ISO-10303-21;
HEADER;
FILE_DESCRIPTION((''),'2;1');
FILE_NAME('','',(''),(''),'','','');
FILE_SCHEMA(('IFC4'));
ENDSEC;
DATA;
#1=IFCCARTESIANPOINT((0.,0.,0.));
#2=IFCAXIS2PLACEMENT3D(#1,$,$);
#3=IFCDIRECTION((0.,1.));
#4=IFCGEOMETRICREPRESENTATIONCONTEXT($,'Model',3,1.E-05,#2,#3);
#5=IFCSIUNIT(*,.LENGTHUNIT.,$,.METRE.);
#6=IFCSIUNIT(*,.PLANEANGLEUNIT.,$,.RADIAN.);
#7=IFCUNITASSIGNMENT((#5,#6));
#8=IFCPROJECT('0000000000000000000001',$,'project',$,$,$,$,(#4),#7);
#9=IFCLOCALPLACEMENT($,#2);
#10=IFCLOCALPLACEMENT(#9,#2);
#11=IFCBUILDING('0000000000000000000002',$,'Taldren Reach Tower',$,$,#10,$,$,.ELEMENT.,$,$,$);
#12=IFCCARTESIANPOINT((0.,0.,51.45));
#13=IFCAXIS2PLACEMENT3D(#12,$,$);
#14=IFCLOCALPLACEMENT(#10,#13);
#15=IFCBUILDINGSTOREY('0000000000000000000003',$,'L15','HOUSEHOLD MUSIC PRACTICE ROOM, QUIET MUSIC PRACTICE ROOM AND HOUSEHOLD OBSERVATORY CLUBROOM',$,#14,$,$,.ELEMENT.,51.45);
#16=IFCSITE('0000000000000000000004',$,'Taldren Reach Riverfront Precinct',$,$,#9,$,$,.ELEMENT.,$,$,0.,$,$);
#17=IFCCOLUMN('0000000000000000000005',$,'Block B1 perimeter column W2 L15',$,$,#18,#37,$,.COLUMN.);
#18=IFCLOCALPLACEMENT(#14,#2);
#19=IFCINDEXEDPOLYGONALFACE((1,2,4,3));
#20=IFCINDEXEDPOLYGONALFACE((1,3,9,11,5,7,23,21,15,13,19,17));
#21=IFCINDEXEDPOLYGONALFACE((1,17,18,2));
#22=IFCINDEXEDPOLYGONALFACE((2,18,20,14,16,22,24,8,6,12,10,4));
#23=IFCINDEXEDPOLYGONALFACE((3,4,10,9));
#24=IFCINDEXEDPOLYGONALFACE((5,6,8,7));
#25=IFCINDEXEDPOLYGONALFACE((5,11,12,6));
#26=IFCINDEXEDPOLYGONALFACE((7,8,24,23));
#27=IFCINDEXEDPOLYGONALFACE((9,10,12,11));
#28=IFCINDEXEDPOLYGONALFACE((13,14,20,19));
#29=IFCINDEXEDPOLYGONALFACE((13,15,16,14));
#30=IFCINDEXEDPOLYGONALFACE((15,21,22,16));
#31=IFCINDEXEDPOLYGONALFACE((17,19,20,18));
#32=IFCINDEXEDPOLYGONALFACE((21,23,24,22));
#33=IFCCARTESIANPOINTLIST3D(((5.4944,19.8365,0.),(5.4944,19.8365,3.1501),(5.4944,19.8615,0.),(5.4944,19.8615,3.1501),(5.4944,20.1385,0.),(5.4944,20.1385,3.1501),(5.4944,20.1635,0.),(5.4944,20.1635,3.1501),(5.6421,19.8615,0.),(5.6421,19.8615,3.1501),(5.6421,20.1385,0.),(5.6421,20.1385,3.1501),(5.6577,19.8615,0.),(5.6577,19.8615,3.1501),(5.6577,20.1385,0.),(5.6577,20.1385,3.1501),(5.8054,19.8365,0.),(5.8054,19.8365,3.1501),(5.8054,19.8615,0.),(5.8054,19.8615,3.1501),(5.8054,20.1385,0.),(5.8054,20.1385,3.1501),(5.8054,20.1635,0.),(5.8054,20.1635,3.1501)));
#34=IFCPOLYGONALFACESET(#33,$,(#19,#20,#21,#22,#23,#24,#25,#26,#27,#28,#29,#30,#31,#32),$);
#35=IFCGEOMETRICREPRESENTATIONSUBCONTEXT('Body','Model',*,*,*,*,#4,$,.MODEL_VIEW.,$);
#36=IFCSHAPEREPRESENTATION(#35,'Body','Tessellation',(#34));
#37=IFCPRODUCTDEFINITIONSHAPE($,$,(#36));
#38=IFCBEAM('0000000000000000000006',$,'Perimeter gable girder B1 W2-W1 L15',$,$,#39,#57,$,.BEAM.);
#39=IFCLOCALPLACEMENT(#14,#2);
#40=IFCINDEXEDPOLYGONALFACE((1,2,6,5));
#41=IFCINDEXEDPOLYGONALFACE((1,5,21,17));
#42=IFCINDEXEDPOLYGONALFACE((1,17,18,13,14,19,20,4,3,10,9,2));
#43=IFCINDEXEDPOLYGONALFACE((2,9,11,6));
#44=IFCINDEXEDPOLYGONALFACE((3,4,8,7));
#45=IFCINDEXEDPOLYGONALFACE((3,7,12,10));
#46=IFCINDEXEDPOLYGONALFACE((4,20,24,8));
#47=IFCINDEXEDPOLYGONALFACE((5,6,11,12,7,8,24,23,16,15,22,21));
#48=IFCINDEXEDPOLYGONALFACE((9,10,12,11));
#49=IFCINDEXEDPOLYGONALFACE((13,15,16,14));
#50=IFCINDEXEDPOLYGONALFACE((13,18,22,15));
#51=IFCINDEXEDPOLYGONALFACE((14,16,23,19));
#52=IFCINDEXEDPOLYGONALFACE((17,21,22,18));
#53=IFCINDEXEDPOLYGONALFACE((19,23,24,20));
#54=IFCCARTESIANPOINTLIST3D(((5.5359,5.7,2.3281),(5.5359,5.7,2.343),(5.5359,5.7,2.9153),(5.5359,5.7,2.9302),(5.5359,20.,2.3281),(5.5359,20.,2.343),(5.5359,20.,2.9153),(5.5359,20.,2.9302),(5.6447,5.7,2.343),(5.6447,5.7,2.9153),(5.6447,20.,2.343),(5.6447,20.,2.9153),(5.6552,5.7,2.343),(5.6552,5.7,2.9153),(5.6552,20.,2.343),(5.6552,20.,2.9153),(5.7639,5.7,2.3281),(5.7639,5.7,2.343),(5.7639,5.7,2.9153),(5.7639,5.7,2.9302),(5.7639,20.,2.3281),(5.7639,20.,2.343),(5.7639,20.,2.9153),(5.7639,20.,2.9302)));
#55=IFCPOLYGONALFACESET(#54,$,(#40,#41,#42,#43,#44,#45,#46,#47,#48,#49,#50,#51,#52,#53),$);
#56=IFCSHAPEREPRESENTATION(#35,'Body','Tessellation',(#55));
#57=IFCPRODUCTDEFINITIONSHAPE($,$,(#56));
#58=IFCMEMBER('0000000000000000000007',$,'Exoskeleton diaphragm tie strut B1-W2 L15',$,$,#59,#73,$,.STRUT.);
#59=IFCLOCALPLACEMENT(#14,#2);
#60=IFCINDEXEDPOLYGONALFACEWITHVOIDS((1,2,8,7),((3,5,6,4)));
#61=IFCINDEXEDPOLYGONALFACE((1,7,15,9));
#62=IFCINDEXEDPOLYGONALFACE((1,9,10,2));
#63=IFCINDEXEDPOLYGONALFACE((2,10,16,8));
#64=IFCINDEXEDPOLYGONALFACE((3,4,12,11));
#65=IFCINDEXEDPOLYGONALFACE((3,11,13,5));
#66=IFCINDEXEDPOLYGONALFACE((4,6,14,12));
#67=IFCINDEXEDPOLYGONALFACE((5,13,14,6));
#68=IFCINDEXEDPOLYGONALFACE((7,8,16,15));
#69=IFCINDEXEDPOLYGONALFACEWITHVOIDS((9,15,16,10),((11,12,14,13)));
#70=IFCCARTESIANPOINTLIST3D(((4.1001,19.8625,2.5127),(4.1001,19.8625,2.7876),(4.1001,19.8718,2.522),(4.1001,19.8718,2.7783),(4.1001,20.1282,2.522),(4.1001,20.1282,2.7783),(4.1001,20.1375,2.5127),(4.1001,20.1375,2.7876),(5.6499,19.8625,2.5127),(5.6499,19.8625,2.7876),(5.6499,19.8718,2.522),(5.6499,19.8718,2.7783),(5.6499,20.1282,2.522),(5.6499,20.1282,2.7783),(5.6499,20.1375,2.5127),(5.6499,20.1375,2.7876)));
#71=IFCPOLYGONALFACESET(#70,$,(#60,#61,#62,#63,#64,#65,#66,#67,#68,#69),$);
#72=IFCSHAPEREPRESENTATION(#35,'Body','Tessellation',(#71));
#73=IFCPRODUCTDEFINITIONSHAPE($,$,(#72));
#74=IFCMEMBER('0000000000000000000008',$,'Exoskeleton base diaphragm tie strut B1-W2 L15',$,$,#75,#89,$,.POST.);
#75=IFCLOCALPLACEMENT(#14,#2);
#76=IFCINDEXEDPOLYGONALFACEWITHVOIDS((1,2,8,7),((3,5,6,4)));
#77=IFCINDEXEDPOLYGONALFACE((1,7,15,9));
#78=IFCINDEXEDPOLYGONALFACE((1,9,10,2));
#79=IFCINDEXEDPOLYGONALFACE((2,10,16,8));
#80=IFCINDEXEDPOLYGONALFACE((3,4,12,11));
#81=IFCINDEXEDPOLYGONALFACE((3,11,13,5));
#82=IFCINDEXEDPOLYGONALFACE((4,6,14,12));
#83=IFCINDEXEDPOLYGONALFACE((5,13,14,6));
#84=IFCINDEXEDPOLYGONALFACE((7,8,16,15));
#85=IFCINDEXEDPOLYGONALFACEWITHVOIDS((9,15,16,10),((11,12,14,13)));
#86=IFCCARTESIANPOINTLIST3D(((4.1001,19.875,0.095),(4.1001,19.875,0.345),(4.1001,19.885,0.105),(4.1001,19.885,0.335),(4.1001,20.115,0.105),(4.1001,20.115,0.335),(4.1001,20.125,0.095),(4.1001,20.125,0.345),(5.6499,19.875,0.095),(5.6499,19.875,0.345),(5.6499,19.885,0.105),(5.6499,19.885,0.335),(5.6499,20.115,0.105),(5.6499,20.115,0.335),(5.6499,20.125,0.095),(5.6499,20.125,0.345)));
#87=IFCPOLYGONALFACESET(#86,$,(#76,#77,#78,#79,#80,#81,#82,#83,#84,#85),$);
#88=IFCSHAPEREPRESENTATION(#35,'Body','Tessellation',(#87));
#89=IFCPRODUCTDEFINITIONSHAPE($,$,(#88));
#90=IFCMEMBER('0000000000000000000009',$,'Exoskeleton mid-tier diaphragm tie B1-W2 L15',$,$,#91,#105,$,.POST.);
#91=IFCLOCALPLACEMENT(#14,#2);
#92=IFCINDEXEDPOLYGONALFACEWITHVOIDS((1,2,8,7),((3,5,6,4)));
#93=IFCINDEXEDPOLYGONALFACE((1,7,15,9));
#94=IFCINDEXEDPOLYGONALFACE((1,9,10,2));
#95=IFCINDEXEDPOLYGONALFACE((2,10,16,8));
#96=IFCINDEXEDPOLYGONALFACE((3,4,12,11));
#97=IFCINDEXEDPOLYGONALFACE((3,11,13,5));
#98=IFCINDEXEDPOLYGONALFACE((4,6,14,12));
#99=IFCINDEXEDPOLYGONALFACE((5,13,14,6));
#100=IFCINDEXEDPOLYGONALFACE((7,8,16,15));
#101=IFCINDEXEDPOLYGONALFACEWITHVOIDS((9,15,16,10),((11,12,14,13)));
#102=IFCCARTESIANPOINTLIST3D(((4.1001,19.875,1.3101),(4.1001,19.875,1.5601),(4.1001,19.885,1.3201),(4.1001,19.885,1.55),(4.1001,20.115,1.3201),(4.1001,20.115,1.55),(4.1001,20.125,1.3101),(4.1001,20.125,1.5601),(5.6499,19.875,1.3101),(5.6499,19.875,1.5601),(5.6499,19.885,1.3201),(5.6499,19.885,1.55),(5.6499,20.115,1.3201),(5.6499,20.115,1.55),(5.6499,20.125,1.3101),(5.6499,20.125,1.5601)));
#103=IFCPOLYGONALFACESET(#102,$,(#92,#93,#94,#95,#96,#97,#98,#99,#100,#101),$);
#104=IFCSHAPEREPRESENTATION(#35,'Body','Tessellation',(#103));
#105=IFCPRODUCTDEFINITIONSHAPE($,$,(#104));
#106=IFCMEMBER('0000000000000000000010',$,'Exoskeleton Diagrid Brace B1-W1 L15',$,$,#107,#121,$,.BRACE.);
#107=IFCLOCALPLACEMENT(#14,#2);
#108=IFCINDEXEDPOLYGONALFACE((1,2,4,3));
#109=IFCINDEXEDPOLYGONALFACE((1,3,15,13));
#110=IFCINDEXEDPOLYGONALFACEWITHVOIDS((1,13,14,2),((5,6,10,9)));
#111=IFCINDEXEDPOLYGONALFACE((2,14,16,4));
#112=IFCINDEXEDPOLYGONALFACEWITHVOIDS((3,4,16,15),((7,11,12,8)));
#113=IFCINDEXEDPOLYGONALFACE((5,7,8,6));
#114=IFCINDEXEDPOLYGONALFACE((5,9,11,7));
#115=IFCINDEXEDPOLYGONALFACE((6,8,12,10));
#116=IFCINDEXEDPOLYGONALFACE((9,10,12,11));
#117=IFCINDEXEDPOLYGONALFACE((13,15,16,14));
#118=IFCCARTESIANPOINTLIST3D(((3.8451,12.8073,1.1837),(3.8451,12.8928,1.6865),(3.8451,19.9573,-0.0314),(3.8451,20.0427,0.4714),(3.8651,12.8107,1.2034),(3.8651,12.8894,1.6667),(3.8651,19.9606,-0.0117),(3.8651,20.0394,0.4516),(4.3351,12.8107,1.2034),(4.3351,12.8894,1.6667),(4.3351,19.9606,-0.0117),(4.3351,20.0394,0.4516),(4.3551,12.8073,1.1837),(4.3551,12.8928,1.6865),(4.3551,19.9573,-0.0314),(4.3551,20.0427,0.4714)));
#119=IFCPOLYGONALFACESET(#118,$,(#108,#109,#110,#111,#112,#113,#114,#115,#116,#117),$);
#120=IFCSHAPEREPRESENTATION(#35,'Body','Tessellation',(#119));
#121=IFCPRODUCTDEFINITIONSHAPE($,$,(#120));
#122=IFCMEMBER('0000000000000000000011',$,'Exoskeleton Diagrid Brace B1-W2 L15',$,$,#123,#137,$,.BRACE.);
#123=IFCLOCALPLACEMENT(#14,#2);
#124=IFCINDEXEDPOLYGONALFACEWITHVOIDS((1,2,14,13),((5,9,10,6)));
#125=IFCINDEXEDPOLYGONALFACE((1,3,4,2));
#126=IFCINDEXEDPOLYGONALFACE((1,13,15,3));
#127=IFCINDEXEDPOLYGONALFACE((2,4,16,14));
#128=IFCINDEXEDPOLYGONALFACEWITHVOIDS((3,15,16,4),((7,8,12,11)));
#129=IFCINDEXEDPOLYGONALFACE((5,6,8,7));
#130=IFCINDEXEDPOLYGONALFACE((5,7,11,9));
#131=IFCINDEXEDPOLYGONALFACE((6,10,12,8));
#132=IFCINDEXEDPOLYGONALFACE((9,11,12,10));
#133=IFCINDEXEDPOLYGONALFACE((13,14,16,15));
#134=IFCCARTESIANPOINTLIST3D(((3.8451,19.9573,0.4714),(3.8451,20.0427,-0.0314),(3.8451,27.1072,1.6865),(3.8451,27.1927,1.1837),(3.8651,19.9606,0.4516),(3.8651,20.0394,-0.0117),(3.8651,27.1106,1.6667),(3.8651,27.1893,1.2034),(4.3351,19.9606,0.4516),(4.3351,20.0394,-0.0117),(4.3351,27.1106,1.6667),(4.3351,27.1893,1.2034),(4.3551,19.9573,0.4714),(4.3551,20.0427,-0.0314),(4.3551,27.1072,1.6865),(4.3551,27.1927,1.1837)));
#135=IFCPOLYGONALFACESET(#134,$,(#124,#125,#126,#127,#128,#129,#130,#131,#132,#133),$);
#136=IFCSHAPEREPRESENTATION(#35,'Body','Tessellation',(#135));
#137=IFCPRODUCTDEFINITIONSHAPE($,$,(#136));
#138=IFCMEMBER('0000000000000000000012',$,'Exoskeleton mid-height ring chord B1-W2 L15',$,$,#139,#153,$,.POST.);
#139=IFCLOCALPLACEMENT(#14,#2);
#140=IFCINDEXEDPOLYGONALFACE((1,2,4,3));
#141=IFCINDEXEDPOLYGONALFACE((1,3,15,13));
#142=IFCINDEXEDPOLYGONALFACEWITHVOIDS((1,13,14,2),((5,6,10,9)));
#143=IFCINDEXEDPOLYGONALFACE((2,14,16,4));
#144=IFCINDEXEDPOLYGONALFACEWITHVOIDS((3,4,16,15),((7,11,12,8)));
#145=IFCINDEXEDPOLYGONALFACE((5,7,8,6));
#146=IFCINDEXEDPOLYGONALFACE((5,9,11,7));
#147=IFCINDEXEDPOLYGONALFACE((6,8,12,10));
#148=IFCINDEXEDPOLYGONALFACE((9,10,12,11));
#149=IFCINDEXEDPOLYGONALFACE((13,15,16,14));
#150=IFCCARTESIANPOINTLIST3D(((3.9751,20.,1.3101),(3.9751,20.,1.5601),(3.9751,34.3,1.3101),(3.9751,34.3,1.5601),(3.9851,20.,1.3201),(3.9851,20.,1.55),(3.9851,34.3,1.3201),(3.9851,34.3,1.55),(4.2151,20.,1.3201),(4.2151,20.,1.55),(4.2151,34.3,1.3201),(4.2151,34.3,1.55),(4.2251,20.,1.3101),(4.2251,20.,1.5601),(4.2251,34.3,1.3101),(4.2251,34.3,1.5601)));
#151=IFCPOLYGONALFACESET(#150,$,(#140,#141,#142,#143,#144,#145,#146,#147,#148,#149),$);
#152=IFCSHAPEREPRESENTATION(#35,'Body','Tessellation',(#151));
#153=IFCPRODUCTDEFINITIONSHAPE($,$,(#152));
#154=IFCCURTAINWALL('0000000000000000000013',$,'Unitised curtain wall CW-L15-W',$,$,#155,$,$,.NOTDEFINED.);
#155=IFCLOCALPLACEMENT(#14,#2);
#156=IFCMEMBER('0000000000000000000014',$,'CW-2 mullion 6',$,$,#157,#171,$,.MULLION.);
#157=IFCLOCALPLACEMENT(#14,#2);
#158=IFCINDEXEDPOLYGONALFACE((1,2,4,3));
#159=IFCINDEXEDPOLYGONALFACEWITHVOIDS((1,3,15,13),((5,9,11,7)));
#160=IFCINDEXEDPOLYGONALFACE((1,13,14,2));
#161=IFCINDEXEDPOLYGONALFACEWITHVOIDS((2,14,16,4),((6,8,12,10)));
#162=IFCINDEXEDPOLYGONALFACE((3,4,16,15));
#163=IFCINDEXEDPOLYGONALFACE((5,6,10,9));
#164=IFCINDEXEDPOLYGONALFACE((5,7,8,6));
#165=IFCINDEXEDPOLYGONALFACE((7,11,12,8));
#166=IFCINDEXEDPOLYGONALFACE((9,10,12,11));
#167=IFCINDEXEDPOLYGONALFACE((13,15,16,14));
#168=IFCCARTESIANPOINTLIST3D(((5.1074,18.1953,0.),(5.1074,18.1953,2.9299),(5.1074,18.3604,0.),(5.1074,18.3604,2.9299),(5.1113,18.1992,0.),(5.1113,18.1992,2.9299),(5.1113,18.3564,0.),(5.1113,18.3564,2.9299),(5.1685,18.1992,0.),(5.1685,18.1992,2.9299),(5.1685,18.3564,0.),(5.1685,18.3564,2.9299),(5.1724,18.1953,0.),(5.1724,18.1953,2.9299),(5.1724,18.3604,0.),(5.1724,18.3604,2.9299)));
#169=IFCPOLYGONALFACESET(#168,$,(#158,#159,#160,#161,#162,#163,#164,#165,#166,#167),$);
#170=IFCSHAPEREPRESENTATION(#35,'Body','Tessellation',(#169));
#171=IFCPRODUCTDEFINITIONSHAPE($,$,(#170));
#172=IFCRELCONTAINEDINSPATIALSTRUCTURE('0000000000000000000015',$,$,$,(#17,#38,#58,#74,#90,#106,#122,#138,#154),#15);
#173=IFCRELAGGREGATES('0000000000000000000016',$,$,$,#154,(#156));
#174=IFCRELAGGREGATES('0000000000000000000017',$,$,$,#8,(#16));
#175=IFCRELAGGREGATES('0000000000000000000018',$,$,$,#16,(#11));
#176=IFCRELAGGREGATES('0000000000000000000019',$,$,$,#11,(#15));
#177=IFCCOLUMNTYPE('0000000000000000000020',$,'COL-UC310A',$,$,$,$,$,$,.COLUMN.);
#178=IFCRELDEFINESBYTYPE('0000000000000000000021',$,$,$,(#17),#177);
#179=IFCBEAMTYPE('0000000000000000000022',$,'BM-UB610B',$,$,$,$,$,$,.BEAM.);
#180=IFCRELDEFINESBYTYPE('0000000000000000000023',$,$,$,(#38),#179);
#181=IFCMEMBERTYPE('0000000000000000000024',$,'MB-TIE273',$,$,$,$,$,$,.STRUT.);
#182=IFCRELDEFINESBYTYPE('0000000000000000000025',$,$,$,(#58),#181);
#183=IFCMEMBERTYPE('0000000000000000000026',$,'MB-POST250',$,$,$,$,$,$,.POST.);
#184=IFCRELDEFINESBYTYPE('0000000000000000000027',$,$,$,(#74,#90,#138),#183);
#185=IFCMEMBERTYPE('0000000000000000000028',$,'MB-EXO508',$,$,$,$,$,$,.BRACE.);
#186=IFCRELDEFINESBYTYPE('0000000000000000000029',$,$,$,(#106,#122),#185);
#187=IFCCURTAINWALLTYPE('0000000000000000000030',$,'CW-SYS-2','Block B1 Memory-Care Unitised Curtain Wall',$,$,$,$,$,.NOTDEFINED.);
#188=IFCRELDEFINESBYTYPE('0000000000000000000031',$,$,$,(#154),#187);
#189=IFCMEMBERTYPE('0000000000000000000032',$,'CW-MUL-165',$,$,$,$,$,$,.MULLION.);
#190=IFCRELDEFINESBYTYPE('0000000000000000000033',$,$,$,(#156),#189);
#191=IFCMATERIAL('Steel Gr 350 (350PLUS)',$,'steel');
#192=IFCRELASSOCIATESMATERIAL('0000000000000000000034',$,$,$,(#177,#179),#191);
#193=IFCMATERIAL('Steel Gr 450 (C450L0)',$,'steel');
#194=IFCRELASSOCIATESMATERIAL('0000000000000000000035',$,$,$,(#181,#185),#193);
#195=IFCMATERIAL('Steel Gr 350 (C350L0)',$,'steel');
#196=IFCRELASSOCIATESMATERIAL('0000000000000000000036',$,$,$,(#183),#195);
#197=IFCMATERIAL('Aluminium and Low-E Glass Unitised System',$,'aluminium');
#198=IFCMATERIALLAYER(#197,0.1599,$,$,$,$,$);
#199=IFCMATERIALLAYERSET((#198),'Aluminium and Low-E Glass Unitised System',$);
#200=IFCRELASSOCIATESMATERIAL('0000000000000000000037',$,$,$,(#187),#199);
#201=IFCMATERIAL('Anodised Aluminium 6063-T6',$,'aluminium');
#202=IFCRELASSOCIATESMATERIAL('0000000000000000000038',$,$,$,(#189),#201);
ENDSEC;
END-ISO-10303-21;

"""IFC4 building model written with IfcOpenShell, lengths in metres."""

from ifc_helpers import new_model, si_unit, direction, frame, origin, origin_2d, place, context, subcontext, project, spatial, hollow_rectangle, i_section, extrude, source, transform, mapped, material, layer, layer_set, material_profile, profile_set, type_object, element, aggregate, save


model = new_model("IFC4")

# Units and contexts
model_context = context("Model", 3, precision=1e-05, world=origin(), true_north=direction((0.0, 1.0)))
body_context = subcontext(model_context, "Body", "Model", "MODEL_VIEW")
ifc_project = project(units=[si_unit("LENGTHUNIT", "METRE"), si_unit("PLANEANGLEUNIT", "RADIAN")], contexts=[model_context])

# Site, building, storey
site_placement = place(None, origin())
site = spatial("IfcSite", under=ifc_project, at=site_placement, Name="Taldren Reach Riverfront Precinct", CompositionType="ELEMENT", RefElevation=0.0)
building_placement = place(site_placement, origin())
building = spatial("IfcBuilding", under=site, at=building_placement, Name="Taldren Reach Tower", CompositionType="ELEMENT")
storey_placement = place(building_placement, frame((0.0, 0.0, 51.45)))
storey = spatial("IfcBuildingStorey", under=building, at=storey_placement, Name="L15", Description="HOUSEHOLD MUSIC PRACTICE ROOM, QUIET MUSIC PRACTICE ROOM AND HOUSEHOLD OBSERVATORY CLUBROOM", CompositionType="ELEMENT", Elevation=51.45)

# Column
ifc_material_1 = material(Name="Steel Gr 350 (350PLUS)", Category="steel")
ifc_material_profile_1 = material_profile(ifc_material_1, i_section(OverallWidth=0.311, OverallDepth=0.3269, WebThickness=0.0156, FlangeThickness=0.0249, at=origin_2d()), Name="310UC158")
ifc_profile_set_1 = profile_set([ifc_material_profile_1], Name="Steel Gr 350 (350PLUS)")
column_type = type_object("IfcColumnType", Name="COL-UC310A", PredefinedType="COLUMN", material=ifc_profile_set_1)
shared_shape_1 = source(origin(), body_context, "Body", "SweptSolid", [
    extrude(i_section(OverallWidth=0.311, OverallDepth=0.3269, WebThickness=0.0156, FlangeThickness=0.0249, at=origin_2d()), origin(), (0.0, 0.0, 1.0), 3.1501),
])
column_placement = place(storey_placement, frame((5.6499, 20.0, 0.0), z_axis=(0.0, 0.0, 1.0), x_axis=(1.0, 0.0, 0.0)))
element("IfcColumn", 1, at=column_placement, inside=storey, type_object=column_type, Name="Block B1 perimeter column W2 L15", PredefinedType="COLUMN", context=body_context, shape_type="MappedRepresentation", body=[
    mapped(shared_shape_1, transform((0.0, 0.0, 0.0), scale=1.0)),
])

# Beam
ifc_material_profile_2 = material_profile(ifc_material_1, i_section(OverallWidth=0.228, OverallDepth=0.6021, WebThickness=0.0105, FlangeThickness=0.0149, at=origin_2d()), Name="610UB101")
ifc_profile_set_2 = profile_set([ifc_material_profile_2], Name="Steel Gr 350 (350PLUS)")
beam_type = type_object("IfcBeamType", Name="BM-UB610B", PredefinedType="BEAM", material=ifc_profile_set_2)
shared_shape_2 = source(origin(), body_context, "Body", "SweptSolid", [
    extrude(i_section(OverallWidth=0.228, OverallDepth=0.6021, WebThickness=0.0105, FlangeThickness=0.0149, at=origin_2d()), origin(), (0.0, 0.0, 1.0), 14.3),
])
beam_placement = place(storey_placement, frame((5.6499, 20.0, 2.6292), z_axis=(0.0, -1.0, 0.0), x_axis=(1.0, 0.0, 0.0)))
element("IfcBeam", 2, at=beam_placement, inside=storey, type_object=beam_type, Name="Perimeter gable girder B1 W2-W1 L15", PredefinedType="BEAM", context=body_context, shape_type="MappedRepresentation", body=[
    mapped(shared_shape_2, transform((0.0, 0.0, 0.0), scale=1.0)),
])

# Members
ifc_material_2 = material(Name="Steel Gr 450 (C450L0)", Category="steel")
ifc_material_profile_3 = material_profile(ifc_material_2, hollow_rectangle(XDim=0.2749, YDim=0.2749, WallThickness=0.0093, at=origin_2d()), Name="275x275x9.3SHS")
ifc_profile_set_3 = profile_set([ifc_material_profile_3], Name="Steel Gr 450 (C450L0)")
member_type_1 = type_object("IfcMemberType", Name="MB-TIE273", PredefinedType="STRUT", material=ifc_profile_set_3)
shared_shape_3 = source(origin(), body_context, "Body", "SweptSolid", [
    extrude(hollow_rectangle(XDim=0.2749, YDim=0.2749, WallThickness=0.0093, at=origin_2d()), origin(), (0.0, 0.0, 1.0), 1.5498),
])
member_1_placement = place(storey_placement, frame((5.6499, 20.0, 2.6501), z_axis=(-1.0, 0.0, 0.0), x_axis=(0.0, -1.0, 0.0)))
element("IfcMember", 3, at=member_1_placement, inside=storey, type_object=member_type_1, Name="Exoskeleton diaphragm tie strut B1-W2 L15", PredefinedType="STRUT", context=body_context, shape_type="MappedRepresentation", body=[
    mapped(shared_shape_3, transform((0.0, 0.0, 0.0), scale=1.0)),
])
ifc_material_3 = material(Name="Steel Gr 350 (C350L0)", Category="steel")
ifc_material_profile_4 = material_profile(ifc_material_3, hollow_rectangle(XDim=0.25, YDim=0.25, WallThickness=0.01, at=origin_2d()), Name="250x250x10.0SHS")
ifc_profile_set_4 = profile_set([ifc_material_profile_4], Name="Steel Gr 350 (C350L0)")
member_type_2 = type_object("IfcMemberType", Name="MB-POST250", PredefinedType="POST", material=ifc_profile_set_4)
shared_shape_4 = source(origin(), body_context, "Body", "SweptSolid", [
    extrude(hollow_rectangle(XDim=0.25, YDim=0.25, WallThickness=0.01, at=origin_2d()), origin(), (0.0, 0.0, 1.0), 1.5498),
])
for number, where, z_axis, x_axis, name in (
    (4, (5.6499, 20.0, 0.22), (-1.0, 0.0, 0.0), (0.0, -1.0, 0.0), "Exoskeleton base diaphragm tie strut B1-W2 L15"),
    (5, (5.6499, 20.0, 1.4351), (-1.0, 0.0, 0.0), (0.0, -1.0, 0.0), "Exoskeleton mid-tier diaphragm tie B1-W2 L15"),
):
    element("IfcMember", number, at=place(storey_placement, frame(where, z_axis=z_axis, x_axis=x_axis)), inside=storey, type_object=member_type_2, Name=name, PredefinedType="POST", context=body_context, shape_type="MappedRepresentation", body=[
        mapped(shared_shape_4, transform((0.0, 0.0, 0.0), scale=1.0)),
    ])
ifc_material_profile_5 = material_profile(ifc_material_2, hollow_rectangle(XDim=0.51, YDim=0.51, WallThickness=0.02, at=origin_2d()), Name="510x510x20.0SHS")
ifc_profile_set_5 = profile_set([ifc_material_profile_5], Name="Steel Gr 450 (C450L0)")
member_type_3 = type_object("IfcMemberType", Name="MB-EXO508", PredefinedType="BRACE", material=ifc_profile_set_5)
shared_shape_5 = source(origin(), body_context, "Body", "SweptSolid", [
    extrude(hollow_rectangle(XDim=0.51, YDim=0.51, WallThickness=0.02, at=origin_2d()), origin(), (0.0, 0.0, 1.0), 7.2524),
])
for number, where, z_axis, x_axis, name in (
    (6, (4.1001, 20.0, 0.22), (0.0, -0.985865, 0.167542), (1.0, 0.0, 0.0), "Exoskeleton Diagrid Brace B1-W1 L15"),
    (7, (4.1001, 20.0, 0.22), (0.0, 0.985865, 0.167542), (-1.0, 0.0, 0.0), "Exoskeleton Diagrid Brace B1-W2 L15"),
):
    element("IfcMember", number, at=place(storey_placement, frame(where, z_axis=z_axis, x_axis=x_axis)), inside=storey, type_object=member_type_3, Name=name, PredefinedType="BRACE", context=body_context, shape_type="MappedRepresentation", body=[
        mapped(shared_shape_5, transform((0.0, 0.0, 0.0), scale=1.0)),
    ])
shared_shape_6 = source(origin(), body_context, "Body", "SweptSolid", [
    extrude(hollow_rectangle(XDim=0.25, YDim=0.25, WallThickness=0.01, at=origin_2d()), origin(), (0.0, 0.0, 1.0), 14.3),
])
member_2_placement = place(storey_placement, frame((4.1001, 20.0, 1.4351), z_axis=(0.0, 1.0, 0.0), x_axis=(-1.0, 0.0, 0.0)))
element("IfcMember", 8, at=member_2_placement, inside=storey, type_object=member_type_2, Name="Exoskeleton mid-height ring chord B1-W2 L15", PredefinedType="POST", context=body_context, shape_type="MappedRepresentation", body=[
    mapped(shared_shape_6, transform((0.0, 0.0, 0.0), scale=1.0)),
])

# Curtain wall, member
ifc_material_4 = material(Name="Aluminium and Low-E Glass Unitised System", Category="aluminium")
ifc_layer_1 = layer(ifc_material_4, 0.1599)
ifc_layer_set_1 = layer_set([ifc_layer_1], Name="Aluminium and Low-E Glass Unitised System")
curtain_wall_type = type_object("IfcCurtainWallType", Name="CW-SYS-2", Description="Block B1 Memory-Care Unitised Curtain Wall", PredefinedType="NOTDEFINED", material=ifc_layer_set_1)
curtain_wall_placement = place(storey_placement, origin())
curtain_wall = element("IfcCurtainWall", 9, at=curtain_wall_placement, inside=storey, type_object=curtain_wall_type, Name="Unitised curtain wall CW-L15-W", PredefinedType="NOTDEFINED")
ifc_material_5 = material(Name="Anodised Aluminium 6063-T6", Category="aluminium")
ifc_material_profile_6 = material_profile(ifc_material_5, hollow_rectangle(XDim=0.0649, YDim=0.165, WallThickness=0.0039, at=origin_2d()), Name="ALU-165x65x4RHS")
ifc_profile_set_6 = profile_set([ifc_material_profile_6], Name="Anodised Aluminium 6063-T6")
member_type_4 = type_object("IfcMemberType", Name="CW-MUL-165", PredefinedType="MULLION", material=ifc_profile_set_6)
shared_shape_7 = source(origin(), body_context, "Body", "SweptSolid", [
    extrude(hollow_rectangle(XDim=0.0649, YDim=0.165, WallThickness=0.0039, at=origin_2d()), origin(), (0.0, 0.0, 1.0), 2.9299),
])
member_3_placement = place(storey_placement, frame((5.1399, 18.2778, 0.0), z_axis=(0.0, 0.0, 1.0), x_axis=(1.0, 0.0, 0.0)))
member_3 = element("IfcMember", 10, at=member_3_placement, type_object=member_type_4, Name="CW-2 mullion 6", PredefinedType="MULLION", context=body_context, shape_type="MappedRepresentation", body=[
    mapped(shared_shape_7, transform((0.0, 0.0, 0.0), scale=1.0)),
])

aggregate(curtain_wall, [member_3])

save(model, "model.ifc")
